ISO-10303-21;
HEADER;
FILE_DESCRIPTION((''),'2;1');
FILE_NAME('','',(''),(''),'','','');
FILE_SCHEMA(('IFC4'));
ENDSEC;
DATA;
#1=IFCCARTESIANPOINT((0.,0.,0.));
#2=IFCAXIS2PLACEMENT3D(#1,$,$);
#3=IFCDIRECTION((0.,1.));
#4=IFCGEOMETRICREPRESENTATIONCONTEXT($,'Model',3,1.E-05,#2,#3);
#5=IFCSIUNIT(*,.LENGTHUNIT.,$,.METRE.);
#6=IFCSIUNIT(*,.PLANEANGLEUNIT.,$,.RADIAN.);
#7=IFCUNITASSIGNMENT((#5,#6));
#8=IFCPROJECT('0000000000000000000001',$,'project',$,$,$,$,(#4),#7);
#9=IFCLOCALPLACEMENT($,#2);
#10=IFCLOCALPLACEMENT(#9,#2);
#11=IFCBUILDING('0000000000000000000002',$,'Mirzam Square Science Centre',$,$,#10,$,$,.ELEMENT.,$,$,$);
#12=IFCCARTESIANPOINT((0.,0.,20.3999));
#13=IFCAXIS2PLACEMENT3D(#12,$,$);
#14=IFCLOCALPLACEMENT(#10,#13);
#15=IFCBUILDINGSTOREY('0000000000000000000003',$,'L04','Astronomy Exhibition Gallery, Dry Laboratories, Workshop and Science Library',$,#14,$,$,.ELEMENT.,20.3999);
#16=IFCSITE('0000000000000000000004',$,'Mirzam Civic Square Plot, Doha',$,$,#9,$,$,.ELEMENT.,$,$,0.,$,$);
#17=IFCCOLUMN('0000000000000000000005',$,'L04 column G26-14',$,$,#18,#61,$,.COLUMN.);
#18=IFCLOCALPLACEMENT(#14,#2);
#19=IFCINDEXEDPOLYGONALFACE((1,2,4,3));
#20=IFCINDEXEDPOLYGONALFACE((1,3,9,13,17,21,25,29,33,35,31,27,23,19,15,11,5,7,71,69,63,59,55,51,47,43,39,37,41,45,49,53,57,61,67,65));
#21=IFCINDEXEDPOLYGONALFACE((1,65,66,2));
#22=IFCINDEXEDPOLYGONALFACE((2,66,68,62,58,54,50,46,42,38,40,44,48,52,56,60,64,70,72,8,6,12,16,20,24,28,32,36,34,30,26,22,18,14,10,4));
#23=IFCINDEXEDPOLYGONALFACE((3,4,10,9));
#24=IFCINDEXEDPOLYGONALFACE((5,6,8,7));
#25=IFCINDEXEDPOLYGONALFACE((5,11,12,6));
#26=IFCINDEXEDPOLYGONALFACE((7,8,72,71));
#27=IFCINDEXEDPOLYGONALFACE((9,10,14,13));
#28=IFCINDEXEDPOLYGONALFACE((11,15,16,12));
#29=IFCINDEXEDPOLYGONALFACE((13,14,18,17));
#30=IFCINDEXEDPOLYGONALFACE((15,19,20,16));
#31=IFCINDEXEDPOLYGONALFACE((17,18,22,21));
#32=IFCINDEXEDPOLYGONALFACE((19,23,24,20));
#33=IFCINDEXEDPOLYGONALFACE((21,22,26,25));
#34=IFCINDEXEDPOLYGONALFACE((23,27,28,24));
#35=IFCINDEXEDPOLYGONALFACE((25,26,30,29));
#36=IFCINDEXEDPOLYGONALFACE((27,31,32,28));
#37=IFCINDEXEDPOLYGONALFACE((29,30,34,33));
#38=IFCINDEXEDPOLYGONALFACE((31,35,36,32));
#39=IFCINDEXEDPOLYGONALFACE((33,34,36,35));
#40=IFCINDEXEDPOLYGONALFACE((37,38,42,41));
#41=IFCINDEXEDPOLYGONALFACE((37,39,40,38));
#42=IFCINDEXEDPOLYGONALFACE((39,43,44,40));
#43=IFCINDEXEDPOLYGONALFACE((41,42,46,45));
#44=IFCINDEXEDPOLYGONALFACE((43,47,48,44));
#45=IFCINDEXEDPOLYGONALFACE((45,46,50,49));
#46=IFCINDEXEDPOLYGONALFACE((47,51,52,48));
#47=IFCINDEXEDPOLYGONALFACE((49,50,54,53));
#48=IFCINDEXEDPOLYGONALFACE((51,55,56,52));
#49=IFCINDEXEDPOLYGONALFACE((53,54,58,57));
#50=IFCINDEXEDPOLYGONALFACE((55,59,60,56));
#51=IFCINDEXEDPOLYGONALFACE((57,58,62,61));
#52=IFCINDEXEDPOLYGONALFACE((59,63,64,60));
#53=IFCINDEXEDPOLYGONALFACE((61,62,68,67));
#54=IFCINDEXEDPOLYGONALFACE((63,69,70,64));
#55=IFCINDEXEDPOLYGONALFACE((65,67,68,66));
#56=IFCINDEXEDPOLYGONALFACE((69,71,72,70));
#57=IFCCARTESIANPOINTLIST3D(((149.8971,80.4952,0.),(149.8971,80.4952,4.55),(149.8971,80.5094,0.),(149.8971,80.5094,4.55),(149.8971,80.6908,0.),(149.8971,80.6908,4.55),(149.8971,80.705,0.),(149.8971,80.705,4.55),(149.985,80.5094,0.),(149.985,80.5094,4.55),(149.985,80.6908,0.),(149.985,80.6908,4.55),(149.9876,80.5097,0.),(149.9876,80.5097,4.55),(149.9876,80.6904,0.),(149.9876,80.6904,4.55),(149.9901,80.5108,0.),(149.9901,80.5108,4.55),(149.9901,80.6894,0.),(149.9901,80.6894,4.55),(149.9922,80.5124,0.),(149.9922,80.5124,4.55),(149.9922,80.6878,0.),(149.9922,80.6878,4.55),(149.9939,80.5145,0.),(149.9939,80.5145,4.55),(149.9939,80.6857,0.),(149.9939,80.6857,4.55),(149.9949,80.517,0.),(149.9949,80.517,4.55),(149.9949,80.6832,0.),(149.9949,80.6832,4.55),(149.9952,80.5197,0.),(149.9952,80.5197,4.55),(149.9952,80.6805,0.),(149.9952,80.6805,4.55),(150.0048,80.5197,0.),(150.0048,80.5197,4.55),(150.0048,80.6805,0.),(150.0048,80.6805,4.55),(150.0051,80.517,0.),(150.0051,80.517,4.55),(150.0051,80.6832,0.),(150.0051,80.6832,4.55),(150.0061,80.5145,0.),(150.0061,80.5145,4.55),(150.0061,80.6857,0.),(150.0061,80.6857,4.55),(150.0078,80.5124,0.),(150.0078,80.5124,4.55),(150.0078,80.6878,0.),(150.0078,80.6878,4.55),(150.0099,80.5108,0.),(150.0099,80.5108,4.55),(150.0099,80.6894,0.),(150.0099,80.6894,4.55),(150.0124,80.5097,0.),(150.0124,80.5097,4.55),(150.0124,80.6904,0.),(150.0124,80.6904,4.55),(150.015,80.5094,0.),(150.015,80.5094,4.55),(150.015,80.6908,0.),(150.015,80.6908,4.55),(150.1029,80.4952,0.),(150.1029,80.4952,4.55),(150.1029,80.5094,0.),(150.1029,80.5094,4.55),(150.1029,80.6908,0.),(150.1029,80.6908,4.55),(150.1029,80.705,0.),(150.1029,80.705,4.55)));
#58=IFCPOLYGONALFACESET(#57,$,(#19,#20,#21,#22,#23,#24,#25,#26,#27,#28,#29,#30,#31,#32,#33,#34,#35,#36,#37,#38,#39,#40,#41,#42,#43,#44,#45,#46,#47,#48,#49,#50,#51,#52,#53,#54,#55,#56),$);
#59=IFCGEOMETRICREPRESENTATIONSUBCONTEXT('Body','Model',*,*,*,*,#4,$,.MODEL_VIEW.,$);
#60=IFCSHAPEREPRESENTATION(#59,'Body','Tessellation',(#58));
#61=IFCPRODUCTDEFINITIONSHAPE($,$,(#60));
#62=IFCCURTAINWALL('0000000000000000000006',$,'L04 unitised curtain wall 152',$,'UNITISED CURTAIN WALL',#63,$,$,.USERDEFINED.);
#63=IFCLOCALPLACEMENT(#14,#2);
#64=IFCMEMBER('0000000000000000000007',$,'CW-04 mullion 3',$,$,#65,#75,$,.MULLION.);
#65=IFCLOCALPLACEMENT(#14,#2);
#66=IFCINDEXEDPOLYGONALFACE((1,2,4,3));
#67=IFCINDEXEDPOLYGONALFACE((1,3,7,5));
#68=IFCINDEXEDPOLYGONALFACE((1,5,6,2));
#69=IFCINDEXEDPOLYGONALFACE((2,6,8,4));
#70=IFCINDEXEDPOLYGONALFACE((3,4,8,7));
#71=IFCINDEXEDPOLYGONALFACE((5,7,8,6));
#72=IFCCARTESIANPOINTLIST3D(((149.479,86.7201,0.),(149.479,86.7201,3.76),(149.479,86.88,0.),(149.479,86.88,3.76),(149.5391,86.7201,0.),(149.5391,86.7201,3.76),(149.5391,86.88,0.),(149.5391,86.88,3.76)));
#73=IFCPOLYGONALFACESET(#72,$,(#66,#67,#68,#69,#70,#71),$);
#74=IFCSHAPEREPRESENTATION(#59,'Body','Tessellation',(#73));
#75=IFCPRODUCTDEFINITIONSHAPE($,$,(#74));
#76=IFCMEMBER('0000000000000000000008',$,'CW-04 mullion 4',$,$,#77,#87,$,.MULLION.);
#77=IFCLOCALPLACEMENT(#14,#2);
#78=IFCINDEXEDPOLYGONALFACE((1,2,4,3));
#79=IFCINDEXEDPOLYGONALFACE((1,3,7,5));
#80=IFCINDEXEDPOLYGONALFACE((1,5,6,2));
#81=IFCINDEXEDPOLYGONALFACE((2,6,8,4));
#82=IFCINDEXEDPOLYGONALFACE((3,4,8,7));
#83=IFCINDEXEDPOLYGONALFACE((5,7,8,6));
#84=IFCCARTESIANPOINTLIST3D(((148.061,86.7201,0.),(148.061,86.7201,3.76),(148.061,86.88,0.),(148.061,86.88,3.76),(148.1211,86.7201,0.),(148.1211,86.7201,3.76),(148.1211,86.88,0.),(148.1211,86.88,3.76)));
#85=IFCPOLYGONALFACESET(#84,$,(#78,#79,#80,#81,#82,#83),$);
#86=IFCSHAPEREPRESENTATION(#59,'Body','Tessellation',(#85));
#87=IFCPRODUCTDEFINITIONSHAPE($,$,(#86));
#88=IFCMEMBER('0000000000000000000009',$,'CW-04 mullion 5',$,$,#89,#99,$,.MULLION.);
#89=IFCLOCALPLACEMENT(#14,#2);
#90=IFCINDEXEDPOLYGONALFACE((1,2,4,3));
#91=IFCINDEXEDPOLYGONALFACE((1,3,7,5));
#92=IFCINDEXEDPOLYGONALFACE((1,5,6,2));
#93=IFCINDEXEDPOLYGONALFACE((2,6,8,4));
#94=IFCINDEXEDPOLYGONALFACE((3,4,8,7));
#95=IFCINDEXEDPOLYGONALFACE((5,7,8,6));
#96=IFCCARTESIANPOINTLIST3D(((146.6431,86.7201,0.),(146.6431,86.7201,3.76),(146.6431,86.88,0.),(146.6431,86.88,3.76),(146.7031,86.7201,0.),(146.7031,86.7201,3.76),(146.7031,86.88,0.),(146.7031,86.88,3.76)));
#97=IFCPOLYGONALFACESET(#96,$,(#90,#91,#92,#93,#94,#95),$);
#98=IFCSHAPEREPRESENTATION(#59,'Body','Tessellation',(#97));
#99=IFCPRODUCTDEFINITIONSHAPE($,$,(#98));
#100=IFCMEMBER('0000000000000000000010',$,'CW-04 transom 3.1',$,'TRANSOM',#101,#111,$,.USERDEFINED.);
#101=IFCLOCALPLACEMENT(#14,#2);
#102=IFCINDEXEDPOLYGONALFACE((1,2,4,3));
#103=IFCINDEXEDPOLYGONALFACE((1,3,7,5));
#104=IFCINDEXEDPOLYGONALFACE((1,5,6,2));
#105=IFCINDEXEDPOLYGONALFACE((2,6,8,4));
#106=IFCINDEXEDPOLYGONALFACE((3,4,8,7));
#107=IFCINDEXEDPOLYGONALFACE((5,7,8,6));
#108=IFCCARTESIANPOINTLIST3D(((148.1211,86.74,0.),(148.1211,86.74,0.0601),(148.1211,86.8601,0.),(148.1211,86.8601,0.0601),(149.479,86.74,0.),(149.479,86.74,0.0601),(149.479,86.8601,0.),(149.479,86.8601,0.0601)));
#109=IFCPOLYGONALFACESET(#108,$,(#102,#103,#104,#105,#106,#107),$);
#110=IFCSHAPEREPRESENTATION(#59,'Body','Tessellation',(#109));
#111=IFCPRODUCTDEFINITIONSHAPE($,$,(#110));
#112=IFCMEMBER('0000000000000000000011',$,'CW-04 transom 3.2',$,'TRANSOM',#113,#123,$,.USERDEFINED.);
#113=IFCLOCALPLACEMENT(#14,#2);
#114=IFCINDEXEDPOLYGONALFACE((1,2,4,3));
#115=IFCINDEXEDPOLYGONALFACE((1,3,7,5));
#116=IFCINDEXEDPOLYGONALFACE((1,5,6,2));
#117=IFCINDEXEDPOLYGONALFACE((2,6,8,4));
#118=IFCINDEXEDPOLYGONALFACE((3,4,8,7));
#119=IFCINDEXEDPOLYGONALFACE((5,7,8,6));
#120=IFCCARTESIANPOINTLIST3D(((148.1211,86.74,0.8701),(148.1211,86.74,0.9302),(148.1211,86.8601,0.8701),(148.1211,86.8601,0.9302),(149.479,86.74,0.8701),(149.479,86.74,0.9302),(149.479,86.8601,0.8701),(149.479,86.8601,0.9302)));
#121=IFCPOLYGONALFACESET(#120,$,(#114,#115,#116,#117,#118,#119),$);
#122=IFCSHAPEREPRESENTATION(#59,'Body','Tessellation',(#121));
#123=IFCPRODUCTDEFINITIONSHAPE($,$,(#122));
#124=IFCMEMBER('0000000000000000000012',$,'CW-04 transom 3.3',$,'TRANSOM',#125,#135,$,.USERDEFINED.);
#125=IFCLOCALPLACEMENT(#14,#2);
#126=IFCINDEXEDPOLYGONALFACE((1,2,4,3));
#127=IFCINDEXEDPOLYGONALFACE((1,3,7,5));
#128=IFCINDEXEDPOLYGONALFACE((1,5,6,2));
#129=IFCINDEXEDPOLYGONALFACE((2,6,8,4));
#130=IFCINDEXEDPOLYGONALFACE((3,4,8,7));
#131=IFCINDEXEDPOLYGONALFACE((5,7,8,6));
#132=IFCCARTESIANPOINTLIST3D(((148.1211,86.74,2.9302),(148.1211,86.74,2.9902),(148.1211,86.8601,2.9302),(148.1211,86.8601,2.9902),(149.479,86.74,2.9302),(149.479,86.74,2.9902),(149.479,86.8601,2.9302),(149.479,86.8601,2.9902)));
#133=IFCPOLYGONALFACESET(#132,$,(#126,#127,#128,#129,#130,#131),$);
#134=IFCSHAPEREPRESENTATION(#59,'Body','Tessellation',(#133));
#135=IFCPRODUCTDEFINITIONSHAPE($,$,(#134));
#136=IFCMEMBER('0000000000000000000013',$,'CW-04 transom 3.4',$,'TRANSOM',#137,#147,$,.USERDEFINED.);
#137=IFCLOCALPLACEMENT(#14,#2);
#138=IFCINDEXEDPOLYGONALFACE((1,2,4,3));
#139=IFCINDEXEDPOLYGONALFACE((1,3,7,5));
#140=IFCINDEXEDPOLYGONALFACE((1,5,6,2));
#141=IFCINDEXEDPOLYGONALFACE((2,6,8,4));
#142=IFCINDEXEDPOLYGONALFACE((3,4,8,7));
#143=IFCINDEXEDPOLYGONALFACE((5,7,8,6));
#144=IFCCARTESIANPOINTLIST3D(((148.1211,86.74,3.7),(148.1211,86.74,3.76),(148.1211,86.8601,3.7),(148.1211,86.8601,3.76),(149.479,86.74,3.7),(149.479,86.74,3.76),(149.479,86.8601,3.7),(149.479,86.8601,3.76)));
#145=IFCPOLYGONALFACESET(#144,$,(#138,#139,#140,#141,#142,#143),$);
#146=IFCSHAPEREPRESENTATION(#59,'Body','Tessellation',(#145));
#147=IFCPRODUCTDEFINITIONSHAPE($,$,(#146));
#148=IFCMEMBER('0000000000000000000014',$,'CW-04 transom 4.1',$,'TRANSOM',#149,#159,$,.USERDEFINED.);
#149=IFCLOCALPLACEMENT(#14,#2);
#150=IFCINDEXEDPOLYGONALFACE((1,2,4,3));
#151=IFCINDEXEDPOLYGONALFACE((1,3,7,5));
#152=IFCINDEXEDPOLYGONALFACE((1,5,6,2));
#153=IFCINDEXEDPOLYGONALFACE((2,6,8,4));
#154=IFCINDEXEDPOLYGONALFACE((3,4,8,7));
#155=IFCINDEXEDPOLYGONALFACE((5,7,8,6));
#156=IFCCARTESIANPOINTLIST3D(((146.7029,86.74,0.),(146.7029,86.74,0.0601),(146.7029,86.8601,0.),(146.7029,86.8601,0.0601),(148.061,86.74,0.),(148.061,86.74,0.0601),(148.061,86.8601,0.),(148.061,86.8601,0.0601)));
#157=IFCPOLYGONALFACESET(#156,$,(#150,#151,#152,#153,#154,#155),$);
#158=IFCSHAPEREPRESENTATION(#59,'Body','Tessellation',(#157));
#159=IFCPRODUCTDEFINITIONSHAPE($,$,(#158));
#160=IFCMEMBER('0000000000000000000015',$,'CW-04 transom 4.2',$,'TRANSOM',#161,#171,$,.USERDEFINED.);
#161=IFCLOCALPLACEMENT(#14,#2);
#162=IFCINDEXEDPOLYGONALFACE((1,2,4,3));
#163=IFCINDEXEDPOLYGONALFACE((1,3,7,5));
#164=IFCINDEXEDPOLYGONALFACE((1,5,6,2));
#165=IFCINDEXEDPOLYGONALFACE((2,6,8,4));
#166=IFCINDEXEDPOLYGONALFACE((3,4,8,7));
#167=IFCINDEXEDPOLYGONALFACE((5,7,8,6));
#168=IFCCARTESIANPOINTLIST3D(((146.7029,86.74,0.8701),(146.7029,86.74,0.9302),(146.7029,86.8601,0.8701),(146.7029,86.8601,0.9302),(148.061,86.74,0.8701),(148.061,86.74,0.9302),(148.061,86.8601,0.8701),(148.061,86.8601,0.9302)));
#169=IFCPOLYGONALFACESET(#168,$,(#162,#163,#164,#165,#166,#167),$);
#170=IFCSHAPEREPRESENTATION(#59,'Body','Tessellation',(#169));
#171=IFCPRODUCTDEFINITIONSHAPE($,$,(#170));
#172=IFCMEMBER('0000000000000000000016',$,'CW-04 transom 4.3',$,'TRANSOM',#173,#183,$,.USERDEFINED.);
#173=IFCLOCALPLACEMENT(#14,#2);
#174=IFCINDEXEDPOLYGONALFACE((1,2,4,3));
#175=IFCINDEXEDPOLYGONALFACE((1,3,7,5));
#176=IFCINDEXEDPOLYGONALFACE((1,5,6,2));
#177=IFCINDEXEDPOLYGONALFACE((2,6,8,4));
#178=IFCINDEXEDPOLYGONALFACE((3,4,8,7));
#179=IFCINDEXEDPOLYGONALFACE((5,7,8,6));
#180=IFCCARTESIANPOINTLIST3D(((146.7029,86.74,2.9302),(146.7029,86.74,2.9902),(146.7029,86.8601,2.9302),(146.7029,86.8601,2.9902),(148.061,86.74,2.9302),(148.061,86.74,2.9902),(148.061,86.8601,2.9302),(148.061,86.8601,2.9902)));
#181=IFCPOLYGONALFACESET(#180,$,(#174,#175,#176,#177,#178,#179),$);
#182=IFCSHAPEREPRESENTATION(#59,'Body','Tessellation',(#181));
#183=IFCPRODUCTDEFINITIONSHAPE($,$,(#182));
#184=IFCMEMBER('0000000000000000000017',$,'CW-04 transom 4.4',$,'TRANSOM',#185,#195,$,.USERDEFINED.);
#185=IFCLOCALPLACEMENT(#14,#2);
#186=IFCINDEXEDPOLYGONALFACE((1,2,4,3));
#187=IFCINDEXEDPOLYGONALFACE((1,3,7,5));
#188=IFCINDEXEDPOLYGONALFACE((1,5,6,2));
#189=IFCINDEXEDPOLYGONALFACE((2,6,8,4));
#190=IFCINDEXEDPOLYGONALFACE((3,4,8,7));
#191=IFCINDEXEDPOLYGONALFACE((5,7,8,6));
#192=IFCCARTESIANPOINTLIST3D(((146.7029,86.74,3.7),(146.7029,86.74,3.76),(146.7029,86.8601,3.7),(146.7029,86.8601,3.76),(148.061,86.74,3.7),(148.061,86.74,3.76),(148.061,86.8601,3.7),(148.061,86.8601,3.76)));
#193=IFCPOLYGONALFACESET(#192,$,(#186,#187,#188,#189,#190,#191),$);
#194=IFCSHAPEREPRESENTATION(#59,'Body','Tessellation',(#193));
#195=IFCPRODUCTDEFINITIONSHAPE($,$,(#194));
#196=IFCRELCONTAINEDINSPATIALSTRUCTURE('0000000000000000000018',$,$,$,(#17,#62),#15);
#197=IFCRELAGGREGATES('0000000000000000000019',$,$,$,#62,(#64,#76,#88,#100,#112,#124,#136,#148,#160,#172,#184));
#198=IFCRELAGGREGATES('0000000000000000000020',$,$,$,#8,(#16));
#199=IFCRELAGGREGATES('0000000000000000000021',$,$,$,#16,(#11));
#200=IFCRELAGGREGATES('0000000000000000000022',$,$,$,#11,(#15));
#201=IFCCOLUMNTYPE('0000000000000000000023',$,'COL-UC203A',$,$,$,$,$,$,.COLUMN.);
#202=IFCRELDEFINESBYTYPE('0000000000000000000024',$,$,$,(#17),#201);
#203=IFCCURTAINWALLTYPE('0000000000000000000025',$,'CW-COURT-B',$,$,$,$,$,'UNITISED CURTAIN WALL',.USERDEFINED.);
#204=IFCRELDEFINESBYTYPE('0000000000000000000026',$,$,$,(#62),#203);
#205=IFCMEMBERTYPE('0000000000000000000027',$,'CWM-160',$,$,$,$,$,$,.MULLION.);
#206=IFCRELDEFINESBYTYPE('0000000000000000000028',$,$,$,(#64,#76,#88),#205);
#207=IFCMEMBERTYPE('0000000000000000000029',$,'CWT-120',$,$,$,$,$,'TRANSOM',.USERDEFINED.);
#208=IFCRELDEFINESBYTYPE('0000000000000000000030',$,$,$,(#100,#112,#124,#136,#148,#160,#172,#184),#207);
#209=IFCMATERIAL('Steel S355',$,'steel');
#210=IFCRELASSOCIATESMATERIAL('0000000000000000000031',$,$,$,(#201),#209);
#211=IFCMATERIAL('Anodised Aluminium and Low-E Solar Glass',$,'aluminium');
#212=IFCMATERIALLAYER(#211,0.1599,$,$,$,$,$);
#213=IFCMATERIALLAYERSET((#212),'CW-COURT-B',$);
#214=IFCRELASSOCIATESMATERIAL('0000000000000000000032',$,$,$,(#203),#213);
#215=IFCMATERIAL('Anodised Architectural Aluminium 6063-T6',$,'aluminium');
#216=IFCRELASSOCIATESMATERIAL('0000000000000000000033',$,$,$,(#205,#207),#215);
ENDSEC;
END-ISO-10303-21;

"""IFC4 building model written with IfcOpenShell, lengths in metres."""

from ifc_helpers import new_model, si_unit, direction, frame, origin, origin_2d, place, context, subcontext, project, spatial, rectangle, i_section, extrude, material, layer, layer_set, material_profile, profile_set, type_object, element, aggregate, save


model = new_model("IFC4")

# Units and contexts
model_context = context("Model", 3, precision=1e-05, world=origin(), true_north=direction((0.0, 1.0)))
body_context = subcontext(model_context, "Body", "Model", "MODEL_VIEW")
ifc_project = project(units=[si_unit("LENGTHUNIT", "METRE"), si_unit("PLANEANGLEUNIT", "RADIAN")], contexts=[model_context])

# Site, building, storey
site_placement = place(None, origin())
site = spatial("IfcSite", under=ifc_project, at=site_placement, Name="Mirzam Civic Square Plot, Doha", CompositionType="ELEMENT", RefElevation=0.0)
building_placement = place(site_placement, origin())
building = spatial("IfcBuilding", under=site, at=building_placement, Name="Mirzam Square Science Centre", CompositionType="ELEMENT")
storey_placement = place(building_placement, frame((0.0, 0.0, 20.3999)))
storey = spatial("IfcBuildingStorey", under=building, at=storey_placement, Name="L04", Description="Astronomy Exhibition Gallery, Dry Laboratories, Workshop and Science Library", CompositionType="ELEMENT", Elevation=20.3999)

# Column
ifc_material_1 = material(Name="Steel S355", Category="steel")
ifc_material_profile_1 = material_profile(ifc_material_1, i_section(OverallWidth=0.2058, OverallDepth=0.2097, WebThickness=0.0095, FlangeThickness=0.0142, FilletRadius=0.0103, at=origin_2d()), Name="203x203x60UC")
ifc_profile_set_1 = profile_set([ifc_material_profile_1], Name="Steel S355")
column_type = type_object("IfcColumnType", Name="COL-UC203A", PredefinedType="COLUMN", material=ifc_profile_set_1)
column_placement = place(storey_placement, frame((150.0, 80.6001, 0.0), z_axis=(0.0, 0.0, 1.0), x_axis=(1.0, 0.0, 0.0)))
element("IfcColumn", 1, at=column_placement, inside=storey, type_object=column_type, Name="L04 column G26-14", PredefinedType="COLUMN", context=body_context, shape_type="SweptSolid", body=[
    extrude(i_section(OverallWidth=0.2058, OverallDepth=0.2097, WebThickness=0.0095, FlangeThickness=0.0142, FilletRadius=0.0103, at=origin_2d()), origin(), (0.0, 0.0, 1.0), 4.55),
])

# Curtain wall, members
ifc_material_2 = material(Name="Anodised Aluminium and Low-E Solar Glass", Category="aluminium")
ifc_layer_1 = layer(ifc_material_2, 0.1599)
ifc_layer_set_1 = layer_set([ifc_layer_1], Name="CW-COURT-B")
curtain_wall_type = type_object("IfcCurtainWallType", Name="CW-COURT-B", ElementType="UNITISED CURTAIN WALL", PredefinedType="USERDEFINED", material=ifc_layer_set_1)
curtain_wall_placement = place(storey_placement, origin())
curtain_wall = element("IfcCurtainWall", 2, at=curtain_wall_placement, inside=storey, type_object=curtain_wall_type, Name="L04 unitised curtain wall 152", ObjectType="UNITISED CURTAIN WALL", PredefinedType="USERDEFINED")
ifc_material_3 = material(Name="Anodised Architectural Aluminium 6063-T6", Category="aluminium")
ifc_material_profile_2 = material_profile(ifc_material_3, rectangle(XDim=0.0601, YDim=0.1599, at=origin_2d()), Name="ALU-MULL-160x60x4")
ifc_profile_set_2 = profile_set([ifc_material_profile_2], Name="Anodised Architectural Aluminium 6063-T6")
member_type_1 = type_object("IfcMemberType", Name="CWM-160", PredefinedType="MULLION", material=ifc_profile_set_2)
member_1_placement = place(storey_placement, frame((149.509, 86.8, 0.0), z_axis=(0.0, 0.0, 1.0), x_axis=(-1.0, 0.0, 0.0)))
member_1 = element("IfcMember", 3, at=member_1_placement, type_object=member_type_1, Name="CW-04 mullion 3", PredefinedType="MULLION", context=body_context, shape_type="SweptSolid", body=[
    extrude(rectangle(XDim=0.0601, YDim=0.1599, at=origin_2d()), origin(), (0.0, 0.0, 1.0), 3.76),
])
member_2_placement = place(storey_placement, frame((148.0911, 86.8, 0.0), z_axis=(0.0, 0.0, 1.0), x_axis=(-1.0, 0.0, 0.0)))
member_2 = element("IfcMember", 4, at=member_2_placement, type_object=member_type_1, Name="CW-04 mullion 4", PredefinedType="MULLION", context=body_context, shape_type="SweptSolid", body=[
    extrude(rectangle(XDim=0.0601, YDim=0.1599, at=origin_2d()), origin(), (0.0, 0.0, 1.0), 3.76),
])
member_3_placement = place(storey_placement, frame((146.6731, 86.8, 0.0), z_axis=(0.0, 0.0, 1.0), x_axis=(-1.0, 0.0, 0.0)))
member_3 = element("IfcMember", 5, at=member_3_placement, type_object=member_type_1, Name="CW-04 mullion 5", PredefinedType="MULLION", context=body_context, shape_type="SweptSolid", body=[
    extrude(rectangle(XDim=0.0601, YDim=0.1599, at=origin_2d()), origin(), (0.0, 0.0, 1.0), 3.76),
])
ifc_material_profile_3 = material_profile(ifc_material_3, rectangle(XDim=0.1201, YDim=0.0601, at=origin_2d()), Name="ALU-TRAN-120x60x4")
ifc_profile_set_3 = profile_set([ifc_material_profile_3], Name="Anodised Architectural Aluminium 6063-T6")
member_type_2 = type_object("IfcMemberType", Name="CWT-120", ElementType="TRANSOM", PredefinedType="USERDEFINED", material=ifc_profile_set_3)
member_4_placement = place(storey_placement, frame((149.479, 86.8, 0.03), z_axis=(-1.0, 0.0, 0.0), x_axis=(0.0, -1.0, 0.0)))
member_4 = element("IfcMember", 6, at=member_4_placement, type_object=member_type_2, Name="CW-04 transom 3.1", ObjectType="TRANSOM", PredefinedType="USERDEFINED", context=body_context, shape_type="SweptSolid", body=[
    extrude(rectangle(XDim=0.1201, YDim=0.0601, at=origin_2d()), origin(), (0.0, 0.0, 1.0), 1.3579),
])
member_5_placement = place(storey_placement, frame((149.479, 86.8, 0.9001), z_axis=(-1.0, 0.0, 0.0), x_axis=(0.0, -1.0, 0.0)))
member_5 = element("IfcMember", 7, at=member_5_placement, type_object=member_type_2, Name="CW-04 transom 3.2", ObjectType="TRANSOM", PredefinedType="USERDEFINED", context=body_context, shape_type="SweptSolid", body=[
    extrude(rectangle(XDim=0.1201, YDim=0.0601, at=origin_2d()), origin(), (0.0, 0.0, 1.0), 1.3579),
])
member_6_placement = place(storey_placement, frame((149.479, 86.8, 2.9602), z_axis=(-1.0, 0.0, 0.0), x_axis=(0.0, -1.0, 0.0)))
member_6 = element("IfcMember", 8, at=member_6_placement, type_object=member_type_2, Name="CW-04 transom 3.3", ObjectType="TRANSOM", PredefinedType="USERDEFINED", context=body_context, shape_type="SweptSolid", body=[
    extrude(rectangle(XDim=0.1201, YDim=0.0601, at=origin_2d()), origin(), (0.0, 0.0, 1.0), 1.3579),
])
member_7_placement = place(storey_placement, frame((149.479, 86.8, 3.73), z_axis=(-1.0, 0.0, 0.0), x_axis=(0.0, -1.0, 0.0)))
member_7 = element("IfcMember", 9, at=member_7_placement, type_object=member_type_2, Name="CW-04 transom 3.4", ObjectType="TRANSOM", PredefinedType="USERDEFINED", context=body_context, shape_type="SweptSolid", body=[
    extrude(rectangle(XDim=0.1201, YDim=0.0601, at=origin_2d()), origin(), (0.0, 0.0, 1.0), 1.3579),
])
member_8_placement = place(storey_placement, frame((148.061, 86.8, 0.03), z_axis=(-1.0, 0.0, 0.0), x_axis=(0.0, -1.0, 0.0)))
member_8 = element("IfcMember", 10, at=member_8_placement, type_object=member_type_2, Name="CW-04 transom 4.1", ObjectType="TRANSOM", PredefinedType="USERDEFINED", context=body_context, shape_type="SweptSolid", body=[
    extrude(rectangle(XDim=0.1201, YDim=0.0601, at=origin_2d()), origin(), (0.0, 0.0, 1.0), 1.3582),
])
member_9_placement = place(storey_placement, frame((148.061, 86.8, 0.9001), z_axis=(-1.0, 0.0, 0.0), x_axis=(0.0, -1.0, 0.0)))
member_9 = element("IfcMember", 11, at=member_9_placement, type_object=member_type_2, Name="CW-04 transom 4.2", ObjectType="TRANSOM", PredefinedType="USERDEFINED", context=body_context, shape_type="SweptSolid", body=[
    extrude(rectangle(XDim=0.1201, YDim=0.0601, at=origin_2d()), origin(), (0.0, 0.0, 1.0), 1.3582),
])
member_10_placement = place(storey_placement, frame((148.061, 86.8, 2.9602), z_axis=(-1.0, 0.0, 0.0), x_axis=(0.0, -1.0, 0.0)))
member_10 = element("IfcMember", 12, at=member_10_placement, type_object=member_type_2, Name="CW-04 transom 4.3", ObjectType="TRANSOM", PredefinedType="USERDEFINED", context=body_context, shape_type="SweptSolid", body=[
    extrude(rectangle(XDim=0.1201, YDim=0.0601, at=origin_2d()), origin(), (0.0, 0.0, 1.0), 1.3582),
])
member_11_placement = place(storey_placement, frame((148.061, 86.8, 3.73), z_axis=(-1.0, 0.0, 0.0), x_axis=(0.0, -1.0, 0.0)))
member_11 = element("IfcMember", 13, at=member_11_placement, type_object=member_type_2, Name="CW-04 transom 4.4", ObjectType="TRANSOM", PredefinedType="USERDEFINED", context=body_context, shape_type="SweptSolid", body=[
    extrude(rectangle(XDim=0.1201, YDim=0.0601, at=origin_2d()), origin(), (0.0, 0.0, 1.0), 1.3582),
])

aggregate(curtain_wall, [member_1, member_2, member_3, member_4, member_5, member_6, member_7, member_8, member_9, member_10, member_11])

save(model, "model.ifc")
